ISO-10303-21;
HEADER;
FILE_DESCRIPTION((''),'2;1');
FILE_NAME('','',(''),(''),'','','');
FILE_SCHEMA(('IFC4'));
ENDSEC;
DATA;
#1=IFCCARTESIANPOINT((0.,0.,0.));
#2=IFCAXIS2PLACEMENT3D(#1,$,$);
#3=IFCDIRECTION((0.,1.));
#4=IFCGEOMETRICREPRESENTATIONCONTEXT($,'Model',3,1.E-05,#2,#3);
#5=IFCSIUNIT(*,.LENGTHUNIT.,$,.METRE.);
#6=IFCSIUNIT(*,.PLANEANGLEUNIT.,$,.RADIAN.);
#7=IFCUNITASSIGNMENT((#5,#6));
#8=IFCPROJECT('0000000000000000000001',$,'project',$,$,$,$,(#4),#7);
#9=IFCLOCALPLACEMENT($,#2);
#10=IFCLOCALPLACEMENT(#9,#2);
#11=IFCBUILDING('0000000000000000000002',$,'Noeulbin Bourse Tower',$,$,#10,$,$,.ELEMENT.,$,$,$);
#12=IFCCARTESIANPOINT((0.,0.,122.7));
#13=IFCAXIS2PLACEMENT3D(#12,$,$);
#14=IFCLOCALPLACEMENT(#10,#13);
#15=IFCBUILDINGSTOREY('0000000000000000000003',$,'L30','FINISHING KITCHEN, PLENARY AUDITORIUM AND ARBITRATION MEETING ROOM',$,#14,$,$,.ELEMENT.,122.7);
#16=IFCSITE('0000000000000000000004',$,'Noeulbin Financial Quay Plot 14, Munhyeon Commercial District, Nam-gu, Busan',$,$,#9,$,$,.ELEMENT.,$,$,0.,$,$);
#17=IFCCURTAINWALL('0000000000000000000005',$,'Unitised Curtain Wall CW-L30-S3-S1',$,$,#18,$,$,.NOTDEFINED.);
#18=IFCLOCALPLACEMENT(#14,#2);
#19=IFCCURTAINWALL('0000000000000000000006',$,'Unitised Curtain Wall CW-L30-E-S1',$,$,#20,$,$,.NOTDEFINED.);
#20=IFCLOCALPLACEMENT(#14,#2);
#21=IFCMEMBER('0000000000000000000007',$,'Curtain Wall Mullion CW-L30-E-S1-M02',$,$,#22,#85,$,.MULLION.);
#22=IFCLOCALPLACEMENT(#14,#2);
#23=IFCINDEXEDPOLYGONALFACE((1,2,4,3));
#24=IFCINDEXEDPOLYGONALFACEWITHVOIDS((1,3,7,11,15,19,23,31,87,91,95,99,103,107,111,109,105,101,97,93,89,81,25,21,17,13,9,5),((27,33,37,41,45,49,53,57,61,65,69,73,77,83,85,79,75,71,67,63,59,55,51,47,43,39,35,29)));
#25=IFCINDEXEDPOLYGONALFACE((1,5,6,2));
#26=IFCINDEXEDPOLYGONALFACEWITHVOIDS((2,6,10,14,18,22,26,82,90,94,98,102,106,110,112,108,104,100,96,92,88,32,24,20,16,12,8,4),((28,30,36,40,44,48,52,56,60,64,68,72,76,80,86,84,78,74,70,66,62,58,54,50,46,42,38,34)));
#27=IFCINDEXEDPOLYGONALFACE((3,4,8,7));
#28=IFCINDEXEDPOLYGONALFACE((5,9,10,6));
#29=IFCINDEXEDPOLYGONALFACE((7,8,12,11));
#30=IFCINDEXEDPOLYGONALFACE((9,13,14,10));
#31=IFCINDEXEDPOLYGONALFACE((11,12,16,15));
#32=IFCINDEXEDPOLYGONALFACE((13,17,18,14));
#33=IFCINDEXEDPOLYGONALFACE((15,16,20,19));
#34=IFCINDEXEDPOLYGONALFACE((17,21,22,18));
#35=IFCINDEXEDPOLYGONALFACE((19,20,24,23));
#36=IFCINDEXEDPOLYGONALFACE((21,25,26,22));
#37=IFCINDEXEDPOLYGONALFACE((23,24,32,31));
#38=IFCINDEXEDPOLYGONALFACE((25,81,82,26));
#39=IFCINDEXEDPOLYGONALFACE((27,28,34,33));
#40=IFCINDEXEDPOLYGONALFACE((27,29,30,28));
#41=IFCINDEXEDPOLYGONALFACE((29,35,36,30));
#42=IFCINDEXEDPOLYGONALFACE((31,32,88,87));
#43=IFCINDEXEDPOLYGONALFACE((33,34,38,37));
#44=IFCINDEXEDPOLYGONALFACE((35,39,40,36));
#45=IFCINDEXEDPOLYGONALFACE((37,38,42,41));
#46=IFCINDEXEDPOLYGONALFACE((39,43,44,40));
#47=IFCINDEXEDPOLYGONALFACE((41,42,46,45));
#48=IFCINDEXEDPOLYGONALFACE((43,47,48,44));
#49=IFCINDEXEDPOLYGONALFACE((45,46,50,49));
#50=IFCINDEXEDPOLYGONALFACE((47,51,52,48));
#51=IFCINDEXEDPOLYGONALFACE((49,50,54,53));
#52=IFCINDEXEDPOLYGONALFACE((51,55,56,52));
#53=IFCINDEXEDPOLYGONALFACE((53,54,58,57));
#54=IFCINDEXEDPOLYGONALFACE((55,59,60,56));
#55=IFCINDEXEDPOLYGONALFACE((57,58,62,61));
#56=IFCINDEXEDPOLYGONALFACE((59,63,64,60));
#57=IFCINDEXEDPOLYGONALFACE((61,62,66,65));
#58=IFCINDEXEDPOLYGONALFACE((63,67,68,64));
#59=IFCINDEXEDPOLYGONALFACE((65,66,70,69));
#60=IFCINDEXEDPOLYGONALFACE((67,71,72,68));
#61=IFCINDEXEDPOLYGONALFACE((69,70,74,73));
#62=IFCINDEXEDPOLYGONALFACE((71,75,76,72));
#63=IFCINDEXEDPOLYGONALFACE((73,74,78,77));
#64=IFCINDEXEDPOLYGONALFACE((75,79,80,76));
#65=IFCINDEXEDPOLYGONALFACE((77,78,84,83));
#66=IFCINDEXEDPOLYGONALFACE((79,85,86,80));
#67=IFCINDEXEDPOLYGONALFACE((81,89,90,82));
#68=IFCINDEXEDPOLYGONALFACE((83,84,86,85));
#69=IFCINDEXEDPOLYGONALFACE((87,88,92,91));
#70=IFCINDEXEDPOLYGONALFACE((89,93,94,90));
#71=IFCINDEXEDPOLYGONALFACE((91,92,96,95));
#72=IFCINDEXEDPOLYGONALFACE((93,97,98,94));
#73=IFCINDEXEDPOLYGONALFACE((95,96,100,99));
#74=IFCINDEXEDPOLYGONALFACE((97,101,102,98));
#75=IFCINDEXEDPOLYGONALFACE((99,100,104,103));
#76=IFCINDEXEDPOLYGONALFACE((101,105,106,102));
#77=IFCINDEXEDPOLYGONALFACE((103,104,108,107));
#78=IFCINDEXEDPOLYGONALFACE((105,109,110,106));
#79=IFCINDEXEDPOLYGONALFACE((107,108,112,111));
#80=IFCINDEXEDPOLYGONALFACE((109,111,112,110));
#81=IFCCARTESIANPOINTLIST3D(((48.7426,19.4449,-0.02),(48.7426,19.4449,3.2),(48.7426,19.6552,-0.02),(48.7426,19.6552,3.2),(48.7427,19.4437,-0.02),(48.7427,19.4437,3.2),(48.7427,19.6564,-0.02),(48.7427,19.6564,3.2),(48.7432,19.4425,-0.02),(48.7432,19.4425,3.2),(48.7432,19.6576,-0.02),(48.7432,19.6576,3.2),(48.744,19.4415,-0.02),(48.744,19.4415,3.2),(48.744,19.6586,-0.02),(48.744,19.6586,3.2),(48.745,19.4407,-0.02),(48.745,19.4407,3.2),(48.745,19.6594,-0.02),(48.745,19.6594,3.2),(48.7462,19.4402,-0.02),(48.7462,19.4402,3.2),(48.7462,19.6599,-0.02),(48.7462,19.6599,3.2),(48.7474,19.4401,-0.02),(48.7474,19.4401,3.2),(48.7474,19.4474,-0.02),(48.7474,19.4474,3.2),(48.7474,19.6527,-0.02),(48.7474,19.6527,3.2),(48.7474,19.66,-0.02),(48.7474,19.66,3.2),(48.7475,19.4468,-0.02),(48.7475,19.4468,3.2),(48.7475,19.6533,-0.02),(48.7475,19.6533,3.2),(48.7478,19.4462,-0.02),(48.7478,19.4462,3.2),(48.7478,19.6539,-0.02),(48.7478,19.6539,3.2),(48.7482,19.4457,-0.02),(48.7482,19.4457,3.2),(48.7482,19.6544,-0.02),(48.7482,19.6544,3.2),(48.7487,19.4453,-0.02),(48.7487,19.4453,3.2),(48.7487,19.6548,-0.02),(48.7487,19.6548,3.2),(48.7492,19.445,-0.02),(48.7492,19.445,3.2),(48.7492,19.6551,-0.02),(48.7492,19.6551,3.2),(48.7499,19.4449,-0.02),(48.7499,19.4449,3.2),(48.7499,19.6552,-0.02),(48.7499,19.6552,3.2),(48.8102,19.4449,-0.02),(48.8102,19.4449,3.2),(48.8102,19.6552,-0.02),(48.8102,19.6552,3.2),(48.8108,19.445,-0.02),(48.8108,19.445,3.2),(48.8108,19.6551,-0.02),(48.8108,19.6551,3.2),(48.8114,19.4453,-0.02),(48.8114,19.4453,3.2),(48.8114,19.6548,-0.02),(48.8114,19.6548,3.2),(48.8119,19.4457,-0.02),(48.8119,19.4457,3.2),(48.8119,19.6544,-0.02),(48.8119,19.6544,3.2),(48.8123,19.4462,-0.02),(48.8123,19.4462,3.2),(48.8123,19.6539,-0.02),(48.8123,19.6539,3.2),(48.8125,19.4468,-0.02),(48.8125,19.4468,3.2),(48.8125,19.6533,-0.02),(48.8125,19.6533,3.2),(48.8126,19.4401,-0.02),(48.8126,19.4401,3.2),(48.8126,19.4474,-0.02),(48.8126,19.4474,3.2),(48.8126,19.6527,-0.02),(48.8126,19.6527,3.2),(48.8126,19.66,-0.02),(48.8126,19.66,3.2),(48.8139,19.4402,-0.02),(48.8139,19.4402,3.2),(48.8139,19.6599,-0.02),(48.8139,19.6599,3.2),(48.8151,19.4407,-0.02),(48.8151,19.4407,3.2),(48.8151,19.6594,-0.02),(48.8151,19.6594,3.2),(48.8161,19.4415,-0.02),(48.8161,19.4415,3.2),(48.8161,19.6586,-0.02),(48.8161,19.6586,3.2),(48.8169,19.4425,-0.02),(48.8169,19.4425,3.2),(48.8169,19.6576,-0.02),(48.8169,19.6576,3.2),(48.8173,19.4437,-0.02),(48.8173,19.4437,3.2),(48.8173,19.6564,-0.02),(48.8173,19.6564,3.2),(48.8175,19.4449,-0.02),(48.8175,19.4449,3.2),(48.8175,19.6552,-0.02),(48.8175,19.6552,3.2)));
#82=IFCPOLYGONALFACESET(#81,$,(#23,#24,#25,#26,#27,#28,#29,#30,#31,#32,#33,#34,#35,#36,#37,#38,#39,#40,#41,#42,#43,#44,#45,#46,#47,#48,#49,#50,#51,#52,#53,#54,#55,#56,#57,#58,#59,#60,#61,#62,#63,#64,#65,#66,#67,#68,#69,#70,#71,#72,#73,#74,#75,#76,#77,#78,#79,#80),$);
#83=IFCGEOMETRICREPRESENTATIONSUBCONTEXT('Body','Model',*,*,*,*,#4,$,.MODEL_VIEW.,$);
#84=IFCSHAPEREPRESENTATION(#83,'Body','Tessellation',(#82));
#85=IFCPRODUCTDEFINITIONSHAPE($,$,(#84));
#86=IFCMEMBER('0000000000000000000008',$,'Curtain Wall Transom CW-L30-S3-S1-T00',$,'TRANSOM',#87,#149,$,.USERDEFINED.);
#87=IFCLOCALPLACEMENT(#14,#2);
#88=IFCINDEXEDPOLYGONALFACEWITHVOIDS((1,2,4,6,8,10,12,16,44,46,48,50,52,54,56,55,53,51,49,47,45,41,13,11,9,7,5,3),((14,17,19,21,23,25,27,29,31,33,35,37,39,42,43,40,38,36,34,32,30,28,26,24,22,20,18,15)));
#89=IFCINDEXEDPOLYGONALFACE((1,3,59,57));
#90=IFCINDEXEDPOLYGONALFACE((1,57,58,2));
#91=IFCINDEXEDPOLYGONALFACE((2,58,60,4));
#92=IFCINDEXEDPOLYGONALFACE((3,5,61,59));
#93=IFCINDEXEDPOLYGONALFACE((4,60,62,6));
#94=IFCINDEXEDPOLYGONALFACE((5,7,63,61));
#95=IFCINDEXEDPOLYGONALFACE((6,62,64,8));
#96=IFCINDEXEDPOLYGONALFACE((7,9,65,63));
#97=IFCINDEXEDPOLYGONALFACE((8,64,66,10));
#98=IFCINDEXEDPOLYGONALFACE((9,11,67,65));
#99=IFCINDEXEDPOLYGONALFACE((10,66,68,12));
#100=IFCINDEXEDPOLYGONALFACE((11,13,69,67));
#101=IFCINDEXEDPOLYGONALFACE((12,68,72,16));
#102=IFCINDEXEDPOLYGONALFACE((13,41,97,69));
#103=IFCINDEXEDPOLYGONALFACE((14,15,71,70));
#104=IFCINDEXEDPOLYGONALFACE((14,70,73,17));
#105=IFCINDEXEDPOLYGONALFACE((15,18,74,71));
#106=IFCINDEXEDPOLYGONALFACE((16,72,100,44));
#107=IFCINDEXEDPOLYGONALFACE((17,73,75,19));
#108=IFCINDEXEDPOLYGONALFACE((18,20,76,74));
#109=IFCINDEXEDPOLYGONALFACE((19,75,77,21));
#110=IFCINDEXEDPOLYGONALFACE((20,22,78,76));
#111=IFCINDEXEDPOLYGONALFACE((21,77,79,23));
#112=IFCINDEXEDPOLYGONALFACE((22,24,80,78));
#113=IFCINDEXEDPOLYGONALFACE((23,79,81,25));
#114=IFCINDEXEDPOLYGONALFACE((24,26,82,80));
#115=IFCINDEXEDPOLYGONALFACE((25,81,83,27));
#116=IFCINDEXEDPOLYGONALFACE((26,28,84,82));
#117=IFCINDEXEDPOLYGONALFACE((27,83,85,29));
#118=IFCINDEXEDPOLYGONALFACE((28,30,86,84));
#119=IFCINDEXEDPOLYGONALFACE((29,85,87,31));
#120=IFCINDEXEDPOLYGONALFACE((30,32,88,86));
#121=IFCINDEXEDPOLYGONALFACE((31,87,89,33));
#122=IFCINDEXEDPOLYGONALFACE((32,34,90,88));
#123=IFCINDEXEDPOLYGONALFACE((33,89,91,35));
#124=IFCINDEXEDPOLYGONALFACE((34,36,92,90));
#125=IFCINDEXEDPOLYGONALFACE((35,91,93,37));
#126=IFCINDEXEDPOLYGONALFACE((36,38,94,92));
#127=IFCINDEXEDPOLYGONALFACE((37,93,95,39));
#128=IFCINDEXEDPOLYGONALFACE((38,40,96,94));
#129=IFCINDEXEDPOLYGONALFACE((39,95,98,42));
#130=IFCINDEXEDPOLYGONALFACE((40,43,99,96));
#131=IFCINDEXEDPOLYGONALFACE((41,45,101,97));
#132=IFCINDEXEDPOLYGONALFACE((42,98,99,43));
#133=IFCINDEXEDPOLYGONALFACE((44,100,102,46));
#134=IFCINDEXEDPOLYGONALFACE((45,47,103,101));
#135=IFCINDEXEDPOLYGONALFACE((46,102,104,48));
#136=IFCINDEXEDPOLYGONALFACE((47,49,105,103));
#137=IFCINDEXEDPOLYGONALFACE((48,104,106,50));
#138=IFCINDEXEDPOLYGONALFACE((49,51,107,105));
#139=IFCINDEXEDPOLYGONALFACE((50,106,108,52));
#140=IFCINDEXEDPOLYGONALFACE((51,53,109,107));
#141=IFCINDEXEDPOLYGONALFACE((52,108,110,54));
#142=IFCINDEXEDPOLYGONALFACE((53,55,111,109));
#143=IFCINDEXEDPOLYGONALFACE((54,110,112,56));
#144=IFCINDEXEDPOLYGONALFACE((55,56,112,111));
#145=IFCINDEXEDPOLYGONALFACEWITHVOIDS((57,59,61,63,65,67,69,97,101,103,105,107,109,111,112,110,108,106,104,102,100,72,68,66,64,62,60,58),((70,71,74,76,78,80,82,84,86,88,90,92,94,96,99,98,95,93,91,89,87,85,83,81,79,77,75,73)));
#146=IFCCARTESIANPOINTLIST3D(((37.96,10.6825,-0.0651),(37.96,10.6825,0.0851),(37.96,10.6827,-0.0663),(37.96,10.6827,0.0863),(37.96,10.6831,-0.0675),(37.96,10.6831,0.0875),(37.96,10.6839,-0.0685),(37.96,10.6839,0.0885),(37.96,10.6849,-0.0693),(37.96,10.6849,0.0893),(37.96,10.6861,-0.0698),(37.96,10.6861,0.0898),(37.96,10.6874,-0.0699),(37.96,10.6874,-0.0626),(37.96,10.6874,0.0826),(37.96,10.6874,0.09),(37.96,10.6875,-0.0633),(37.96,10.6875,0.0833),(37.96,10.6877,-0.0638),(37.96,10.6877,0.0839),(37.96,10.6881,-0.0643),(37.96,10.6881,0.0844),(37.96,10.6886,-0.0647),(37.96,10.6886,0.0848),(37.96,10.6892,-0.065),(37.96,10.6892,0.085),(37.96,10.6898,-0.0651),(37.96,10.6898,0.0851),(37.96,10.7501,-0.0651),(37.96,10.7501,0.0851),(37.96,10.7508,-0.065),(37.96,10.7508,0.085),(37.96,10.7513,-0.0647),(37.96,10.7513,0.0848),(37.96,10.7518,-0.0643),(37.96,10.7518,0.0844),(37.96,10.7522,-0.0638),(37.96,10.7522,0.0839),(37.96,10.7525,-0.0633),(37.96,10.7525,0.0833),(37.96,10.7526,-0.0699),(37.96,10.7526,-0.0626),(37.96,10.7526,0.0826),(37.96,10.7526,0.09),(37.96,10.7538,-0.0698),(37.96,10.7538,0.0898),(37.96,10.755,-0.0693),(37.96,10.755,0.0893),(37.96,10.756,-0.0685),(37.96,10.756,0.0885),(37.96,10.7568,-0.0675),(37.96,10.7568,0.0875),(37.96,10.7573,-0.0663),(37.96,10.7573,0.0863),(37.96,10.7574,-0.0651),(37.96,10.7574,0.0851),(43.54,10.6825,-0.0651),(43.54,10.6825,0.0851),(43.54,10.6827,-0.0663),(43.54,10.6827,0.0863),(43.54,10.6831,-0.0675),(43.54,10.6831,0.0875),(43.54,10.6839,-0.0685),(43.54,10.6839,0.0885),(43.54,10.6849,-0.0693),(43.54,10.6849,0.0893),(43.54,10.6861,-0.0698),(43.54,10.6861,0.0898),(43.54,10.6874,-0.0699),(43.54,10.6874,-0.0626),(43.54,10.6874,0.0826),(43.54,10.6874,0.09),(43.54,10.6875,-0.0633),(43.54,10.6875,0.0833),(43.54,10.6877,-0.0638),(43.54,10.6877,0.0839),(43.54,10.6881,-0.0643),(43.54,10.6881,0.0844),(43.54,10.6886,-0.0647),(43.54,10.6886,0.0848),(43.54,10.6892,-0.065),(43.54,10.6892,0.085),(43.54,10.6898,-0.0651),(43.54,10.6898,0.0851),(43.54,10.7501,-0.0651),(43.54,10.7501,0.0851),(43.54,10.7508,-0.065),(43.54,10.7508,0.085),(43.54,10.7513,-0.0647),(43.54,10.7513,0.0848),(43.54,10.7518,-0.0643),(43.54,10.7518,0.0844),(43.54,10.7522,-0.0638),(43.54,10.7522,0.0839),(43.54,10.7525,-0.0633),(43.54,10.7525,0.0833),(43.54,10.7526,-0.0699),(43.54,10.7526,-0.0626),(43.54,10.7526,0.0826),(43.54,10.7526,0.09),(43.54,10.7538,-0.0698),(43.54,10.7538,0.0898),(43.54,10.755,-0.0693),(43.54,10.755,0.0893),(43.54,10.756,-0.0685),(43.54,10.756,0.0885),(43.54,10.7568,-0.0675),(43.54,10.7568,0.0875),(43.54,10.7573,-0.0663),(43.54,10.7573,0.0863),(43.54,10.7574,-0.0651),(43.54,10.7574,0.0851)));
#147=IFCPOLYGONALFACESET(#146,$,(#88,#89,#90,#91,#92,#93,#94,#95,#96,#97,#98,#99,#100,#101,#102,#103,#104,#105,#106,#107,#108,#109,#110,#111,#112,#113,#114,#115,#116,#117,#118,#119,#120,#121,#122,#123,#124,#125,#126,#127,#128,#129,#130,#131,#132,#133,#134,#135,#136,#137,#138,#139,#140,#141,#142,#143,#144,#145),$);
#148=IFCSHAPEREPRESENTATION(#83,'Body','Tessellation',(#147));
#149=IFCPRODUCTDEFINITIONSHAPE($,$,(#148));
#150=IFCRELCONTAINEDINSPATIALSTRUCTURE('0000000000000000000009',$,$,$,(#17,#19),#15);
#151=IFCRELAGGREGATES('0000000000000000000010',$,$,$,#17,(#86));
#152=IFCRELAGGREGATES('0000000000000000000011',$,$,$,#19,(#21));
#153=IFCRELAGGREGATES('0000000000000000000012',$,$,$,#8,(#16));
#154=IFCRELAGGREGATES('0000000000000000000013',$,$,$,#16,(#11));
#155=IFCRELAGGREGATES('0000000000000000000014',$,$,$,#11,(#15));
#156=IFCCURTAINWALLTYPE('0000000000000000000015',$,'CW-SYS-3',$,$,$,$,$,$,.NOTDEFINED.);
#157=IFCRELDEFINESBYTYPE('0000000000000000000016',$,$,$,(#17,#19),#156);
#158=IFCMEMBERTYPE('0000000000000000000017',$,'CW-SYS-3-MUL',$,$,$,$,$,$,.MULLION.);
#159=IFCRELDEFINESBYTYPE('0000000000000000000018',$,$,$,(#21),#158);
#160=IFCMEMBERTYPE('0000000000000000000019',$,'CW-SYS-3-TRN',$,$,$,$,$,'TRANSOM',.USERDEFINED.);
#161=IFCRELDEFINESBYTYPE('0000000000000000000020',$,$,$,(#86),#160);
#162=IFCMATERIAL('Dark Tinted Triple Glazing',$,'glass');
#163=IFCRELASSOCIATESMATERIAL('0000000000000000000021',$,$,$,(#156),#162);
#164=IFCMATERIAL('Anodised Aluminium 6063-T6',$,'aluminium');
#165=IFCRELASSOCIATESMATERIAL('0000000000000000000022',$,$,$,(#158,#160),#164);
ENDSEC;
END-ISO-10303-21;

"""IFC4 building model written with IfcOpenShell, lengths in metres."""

from ifc_helpers import new_model, si_unit, direction, frame, origin, origin_2d, place, context, subcontext, project, spatial, hollow_rectangle, extrude, material, material_profile, profile_set, type_object, element, aggregate, save


model = new_model("IFC4")

# Units and contexts
model_context = context("Model", 3, precision=1e-05, world=origin(), true_north=direction((0.0, 1.0)))
body_context = subcontext(model_context, "Body", "Model", "MODEL_VIEW")
ifc_project = project(units=[si_unit("LENGTHUNIT", "METRE"), si_unit("PLANEANGLEUNIT", "RADIAN")], contexts=[model_context])

# Site, building, storey
site_placement = place(None, origin())
site = spatial("IfcSite", under=ifc_project, at=site_placement, Name="Noeulbin Financial Quay Plot 14, Munhyeon Commercial District, Nam-gu, Busan", CompositionType="ELEMENT", RefElevation=0.0)
building_placement = place(site_placement, origin())
building = spatial("IfcBuilding", under=site, at=building_placement, Name="Noeulbin Bourse Tower", CompositionType="ELEMENT")
storey_placement = place(building_placement, frame((0.0, 0.0, 122.7)))
storey = spatial("IfcBuildingStorey", under=building, at=storey_placement, Name="L30", Description="FINISHING KITCHEN, PLENARY AUDITORIUM AND ARBITRATION MEETING ROOM", CompositionType="ELEMENT", Elevation=122.7)

# Curtain walls, member
ifc_material_1 = material(Name="Dark Tinted Triple Glazing", Category="glass")
curtain_wall_type = type_object("IfcCurtainWallType", Name="CW-SYS-3", PredefinedType="NOTDEFINED", material=ifc_material_1)
curtain_wall_1_placement = place(storey_placement, origin())
curtain_wall_1 = element("IfcCurtainWall", 1, at=curtain_wall_1_placement, inside=storey, type_object=curtain_wall_type, Name="Unitised Curtain Wall CW-L30-S3-S1", PredefinedType="NOTDEFINED")
ifc_material_2 = material(Name="Anodised Aluminium 6063-T6", Category="aluminium")
ifc_material_profile_1 = material_profile(ifc_material_2, hollow_rectangle(XDim=0.075, YDim=0.22, WallThickness=0.0049, InnerFilletRadius=0.0024, OuterFilletRadius=0.0049, at=origin_2d()), Name="ALU-MULL-75x220x5", Category="LoadBearing")
ifc_profile_set_1 = profile_set([ifc_material_profile_1], Name="Anodised Aluminium 6063-T6")
member_type_1 = type_object("IfcMemberType", Name="CW-SYS-3-MUL", PredefinedType="MULLION", material=ifc_profile_set_1)
curtain_wall_2_placement = place(storey_placement, origin())
curtain_wall_2 = element("IfcCurtainWall", 2, at=curtain_wall_2_placement, inside=storey, type_object=curtain_wall_type, Name="Unitised Curtain Wall CW-L30-E-S1", PredefinedType="NOTDEFINED")
member_1_placement = place(storey_placement, frame((48.78, 19.55, -0.02), z_axis=(0.0, 0.0, 1.0), x_axis=(1.0, 0.0, 0.0)))
member_1 = element("IfcMember", 3, at=member_1_placement, type_object=member_type_1, Name="Curtain Wall Mullion CW-L30-E-S1-M02", PredefinedType="MULLION", context=body_context, shape_type="SweptSolid", body=[
    extrude(hollow_rectangle(XDim=0.075, YDim=0.22, WallThickness=0.0049, InnerFilletRadius=0.0024, OuterFilletRadius=0.0049, at=origin_2d()), origin(), (0.0, 0.0, 1.0), 3.22),
])

# Member
ifc_material_profile_2 = material_profile(ifc_material_2, hollow_rectangle(XDim=0.075, YDim=0.1599, WallThickness=0.0049, InnerFilletRadius=0.0024, OuterFilletRadius=0.0049, at=origin_2d()), Name="ALU-TRAN-75x160x5", Category="LoadBearing")
ifc_profile_set_2 = profile_set([ifc_material_profile_2], Name="Anodised Aluminium 6063-T6")
member_type_2 = type_object("IfcMemberType", Name="CW-SYS-3-TRN", ElementType="TRANSOM", PredefinedType="USERDEFINED", material=ifc_profile_set_2)
member_2_placement = place(storey_placement, frame((37.96, 10.72, 0.01), z_axis=(1.0, 0.0, 0.0), x_axis=(0.0, 1.0, 0.0)))
member_2 = element("IfcMember", 4, at=member_2_placement, type_object=member_type_2, Name="Curtain Wall Transom CW-L30-S3-S1-T00", ObjectType="TRANSOM", PredefinedType="USERDEFINED", context=body_context, shape_type="SweptSolid", body=[
    extrude(hollow_rectangle(XDim=0.075, YDim=0.1599, WallThickness=0.0049, InnerFilletRadius=0.0024, OuterFilletRadius=0.0049, at=origin_2d()), origin(), (0.0, 0.0, 1.0), 5.5801),
])

aggregate(curtain_wall_1, [member_2])
aggregate(curtain_wall_2, [member_1])

save(model, "model.ifc")
